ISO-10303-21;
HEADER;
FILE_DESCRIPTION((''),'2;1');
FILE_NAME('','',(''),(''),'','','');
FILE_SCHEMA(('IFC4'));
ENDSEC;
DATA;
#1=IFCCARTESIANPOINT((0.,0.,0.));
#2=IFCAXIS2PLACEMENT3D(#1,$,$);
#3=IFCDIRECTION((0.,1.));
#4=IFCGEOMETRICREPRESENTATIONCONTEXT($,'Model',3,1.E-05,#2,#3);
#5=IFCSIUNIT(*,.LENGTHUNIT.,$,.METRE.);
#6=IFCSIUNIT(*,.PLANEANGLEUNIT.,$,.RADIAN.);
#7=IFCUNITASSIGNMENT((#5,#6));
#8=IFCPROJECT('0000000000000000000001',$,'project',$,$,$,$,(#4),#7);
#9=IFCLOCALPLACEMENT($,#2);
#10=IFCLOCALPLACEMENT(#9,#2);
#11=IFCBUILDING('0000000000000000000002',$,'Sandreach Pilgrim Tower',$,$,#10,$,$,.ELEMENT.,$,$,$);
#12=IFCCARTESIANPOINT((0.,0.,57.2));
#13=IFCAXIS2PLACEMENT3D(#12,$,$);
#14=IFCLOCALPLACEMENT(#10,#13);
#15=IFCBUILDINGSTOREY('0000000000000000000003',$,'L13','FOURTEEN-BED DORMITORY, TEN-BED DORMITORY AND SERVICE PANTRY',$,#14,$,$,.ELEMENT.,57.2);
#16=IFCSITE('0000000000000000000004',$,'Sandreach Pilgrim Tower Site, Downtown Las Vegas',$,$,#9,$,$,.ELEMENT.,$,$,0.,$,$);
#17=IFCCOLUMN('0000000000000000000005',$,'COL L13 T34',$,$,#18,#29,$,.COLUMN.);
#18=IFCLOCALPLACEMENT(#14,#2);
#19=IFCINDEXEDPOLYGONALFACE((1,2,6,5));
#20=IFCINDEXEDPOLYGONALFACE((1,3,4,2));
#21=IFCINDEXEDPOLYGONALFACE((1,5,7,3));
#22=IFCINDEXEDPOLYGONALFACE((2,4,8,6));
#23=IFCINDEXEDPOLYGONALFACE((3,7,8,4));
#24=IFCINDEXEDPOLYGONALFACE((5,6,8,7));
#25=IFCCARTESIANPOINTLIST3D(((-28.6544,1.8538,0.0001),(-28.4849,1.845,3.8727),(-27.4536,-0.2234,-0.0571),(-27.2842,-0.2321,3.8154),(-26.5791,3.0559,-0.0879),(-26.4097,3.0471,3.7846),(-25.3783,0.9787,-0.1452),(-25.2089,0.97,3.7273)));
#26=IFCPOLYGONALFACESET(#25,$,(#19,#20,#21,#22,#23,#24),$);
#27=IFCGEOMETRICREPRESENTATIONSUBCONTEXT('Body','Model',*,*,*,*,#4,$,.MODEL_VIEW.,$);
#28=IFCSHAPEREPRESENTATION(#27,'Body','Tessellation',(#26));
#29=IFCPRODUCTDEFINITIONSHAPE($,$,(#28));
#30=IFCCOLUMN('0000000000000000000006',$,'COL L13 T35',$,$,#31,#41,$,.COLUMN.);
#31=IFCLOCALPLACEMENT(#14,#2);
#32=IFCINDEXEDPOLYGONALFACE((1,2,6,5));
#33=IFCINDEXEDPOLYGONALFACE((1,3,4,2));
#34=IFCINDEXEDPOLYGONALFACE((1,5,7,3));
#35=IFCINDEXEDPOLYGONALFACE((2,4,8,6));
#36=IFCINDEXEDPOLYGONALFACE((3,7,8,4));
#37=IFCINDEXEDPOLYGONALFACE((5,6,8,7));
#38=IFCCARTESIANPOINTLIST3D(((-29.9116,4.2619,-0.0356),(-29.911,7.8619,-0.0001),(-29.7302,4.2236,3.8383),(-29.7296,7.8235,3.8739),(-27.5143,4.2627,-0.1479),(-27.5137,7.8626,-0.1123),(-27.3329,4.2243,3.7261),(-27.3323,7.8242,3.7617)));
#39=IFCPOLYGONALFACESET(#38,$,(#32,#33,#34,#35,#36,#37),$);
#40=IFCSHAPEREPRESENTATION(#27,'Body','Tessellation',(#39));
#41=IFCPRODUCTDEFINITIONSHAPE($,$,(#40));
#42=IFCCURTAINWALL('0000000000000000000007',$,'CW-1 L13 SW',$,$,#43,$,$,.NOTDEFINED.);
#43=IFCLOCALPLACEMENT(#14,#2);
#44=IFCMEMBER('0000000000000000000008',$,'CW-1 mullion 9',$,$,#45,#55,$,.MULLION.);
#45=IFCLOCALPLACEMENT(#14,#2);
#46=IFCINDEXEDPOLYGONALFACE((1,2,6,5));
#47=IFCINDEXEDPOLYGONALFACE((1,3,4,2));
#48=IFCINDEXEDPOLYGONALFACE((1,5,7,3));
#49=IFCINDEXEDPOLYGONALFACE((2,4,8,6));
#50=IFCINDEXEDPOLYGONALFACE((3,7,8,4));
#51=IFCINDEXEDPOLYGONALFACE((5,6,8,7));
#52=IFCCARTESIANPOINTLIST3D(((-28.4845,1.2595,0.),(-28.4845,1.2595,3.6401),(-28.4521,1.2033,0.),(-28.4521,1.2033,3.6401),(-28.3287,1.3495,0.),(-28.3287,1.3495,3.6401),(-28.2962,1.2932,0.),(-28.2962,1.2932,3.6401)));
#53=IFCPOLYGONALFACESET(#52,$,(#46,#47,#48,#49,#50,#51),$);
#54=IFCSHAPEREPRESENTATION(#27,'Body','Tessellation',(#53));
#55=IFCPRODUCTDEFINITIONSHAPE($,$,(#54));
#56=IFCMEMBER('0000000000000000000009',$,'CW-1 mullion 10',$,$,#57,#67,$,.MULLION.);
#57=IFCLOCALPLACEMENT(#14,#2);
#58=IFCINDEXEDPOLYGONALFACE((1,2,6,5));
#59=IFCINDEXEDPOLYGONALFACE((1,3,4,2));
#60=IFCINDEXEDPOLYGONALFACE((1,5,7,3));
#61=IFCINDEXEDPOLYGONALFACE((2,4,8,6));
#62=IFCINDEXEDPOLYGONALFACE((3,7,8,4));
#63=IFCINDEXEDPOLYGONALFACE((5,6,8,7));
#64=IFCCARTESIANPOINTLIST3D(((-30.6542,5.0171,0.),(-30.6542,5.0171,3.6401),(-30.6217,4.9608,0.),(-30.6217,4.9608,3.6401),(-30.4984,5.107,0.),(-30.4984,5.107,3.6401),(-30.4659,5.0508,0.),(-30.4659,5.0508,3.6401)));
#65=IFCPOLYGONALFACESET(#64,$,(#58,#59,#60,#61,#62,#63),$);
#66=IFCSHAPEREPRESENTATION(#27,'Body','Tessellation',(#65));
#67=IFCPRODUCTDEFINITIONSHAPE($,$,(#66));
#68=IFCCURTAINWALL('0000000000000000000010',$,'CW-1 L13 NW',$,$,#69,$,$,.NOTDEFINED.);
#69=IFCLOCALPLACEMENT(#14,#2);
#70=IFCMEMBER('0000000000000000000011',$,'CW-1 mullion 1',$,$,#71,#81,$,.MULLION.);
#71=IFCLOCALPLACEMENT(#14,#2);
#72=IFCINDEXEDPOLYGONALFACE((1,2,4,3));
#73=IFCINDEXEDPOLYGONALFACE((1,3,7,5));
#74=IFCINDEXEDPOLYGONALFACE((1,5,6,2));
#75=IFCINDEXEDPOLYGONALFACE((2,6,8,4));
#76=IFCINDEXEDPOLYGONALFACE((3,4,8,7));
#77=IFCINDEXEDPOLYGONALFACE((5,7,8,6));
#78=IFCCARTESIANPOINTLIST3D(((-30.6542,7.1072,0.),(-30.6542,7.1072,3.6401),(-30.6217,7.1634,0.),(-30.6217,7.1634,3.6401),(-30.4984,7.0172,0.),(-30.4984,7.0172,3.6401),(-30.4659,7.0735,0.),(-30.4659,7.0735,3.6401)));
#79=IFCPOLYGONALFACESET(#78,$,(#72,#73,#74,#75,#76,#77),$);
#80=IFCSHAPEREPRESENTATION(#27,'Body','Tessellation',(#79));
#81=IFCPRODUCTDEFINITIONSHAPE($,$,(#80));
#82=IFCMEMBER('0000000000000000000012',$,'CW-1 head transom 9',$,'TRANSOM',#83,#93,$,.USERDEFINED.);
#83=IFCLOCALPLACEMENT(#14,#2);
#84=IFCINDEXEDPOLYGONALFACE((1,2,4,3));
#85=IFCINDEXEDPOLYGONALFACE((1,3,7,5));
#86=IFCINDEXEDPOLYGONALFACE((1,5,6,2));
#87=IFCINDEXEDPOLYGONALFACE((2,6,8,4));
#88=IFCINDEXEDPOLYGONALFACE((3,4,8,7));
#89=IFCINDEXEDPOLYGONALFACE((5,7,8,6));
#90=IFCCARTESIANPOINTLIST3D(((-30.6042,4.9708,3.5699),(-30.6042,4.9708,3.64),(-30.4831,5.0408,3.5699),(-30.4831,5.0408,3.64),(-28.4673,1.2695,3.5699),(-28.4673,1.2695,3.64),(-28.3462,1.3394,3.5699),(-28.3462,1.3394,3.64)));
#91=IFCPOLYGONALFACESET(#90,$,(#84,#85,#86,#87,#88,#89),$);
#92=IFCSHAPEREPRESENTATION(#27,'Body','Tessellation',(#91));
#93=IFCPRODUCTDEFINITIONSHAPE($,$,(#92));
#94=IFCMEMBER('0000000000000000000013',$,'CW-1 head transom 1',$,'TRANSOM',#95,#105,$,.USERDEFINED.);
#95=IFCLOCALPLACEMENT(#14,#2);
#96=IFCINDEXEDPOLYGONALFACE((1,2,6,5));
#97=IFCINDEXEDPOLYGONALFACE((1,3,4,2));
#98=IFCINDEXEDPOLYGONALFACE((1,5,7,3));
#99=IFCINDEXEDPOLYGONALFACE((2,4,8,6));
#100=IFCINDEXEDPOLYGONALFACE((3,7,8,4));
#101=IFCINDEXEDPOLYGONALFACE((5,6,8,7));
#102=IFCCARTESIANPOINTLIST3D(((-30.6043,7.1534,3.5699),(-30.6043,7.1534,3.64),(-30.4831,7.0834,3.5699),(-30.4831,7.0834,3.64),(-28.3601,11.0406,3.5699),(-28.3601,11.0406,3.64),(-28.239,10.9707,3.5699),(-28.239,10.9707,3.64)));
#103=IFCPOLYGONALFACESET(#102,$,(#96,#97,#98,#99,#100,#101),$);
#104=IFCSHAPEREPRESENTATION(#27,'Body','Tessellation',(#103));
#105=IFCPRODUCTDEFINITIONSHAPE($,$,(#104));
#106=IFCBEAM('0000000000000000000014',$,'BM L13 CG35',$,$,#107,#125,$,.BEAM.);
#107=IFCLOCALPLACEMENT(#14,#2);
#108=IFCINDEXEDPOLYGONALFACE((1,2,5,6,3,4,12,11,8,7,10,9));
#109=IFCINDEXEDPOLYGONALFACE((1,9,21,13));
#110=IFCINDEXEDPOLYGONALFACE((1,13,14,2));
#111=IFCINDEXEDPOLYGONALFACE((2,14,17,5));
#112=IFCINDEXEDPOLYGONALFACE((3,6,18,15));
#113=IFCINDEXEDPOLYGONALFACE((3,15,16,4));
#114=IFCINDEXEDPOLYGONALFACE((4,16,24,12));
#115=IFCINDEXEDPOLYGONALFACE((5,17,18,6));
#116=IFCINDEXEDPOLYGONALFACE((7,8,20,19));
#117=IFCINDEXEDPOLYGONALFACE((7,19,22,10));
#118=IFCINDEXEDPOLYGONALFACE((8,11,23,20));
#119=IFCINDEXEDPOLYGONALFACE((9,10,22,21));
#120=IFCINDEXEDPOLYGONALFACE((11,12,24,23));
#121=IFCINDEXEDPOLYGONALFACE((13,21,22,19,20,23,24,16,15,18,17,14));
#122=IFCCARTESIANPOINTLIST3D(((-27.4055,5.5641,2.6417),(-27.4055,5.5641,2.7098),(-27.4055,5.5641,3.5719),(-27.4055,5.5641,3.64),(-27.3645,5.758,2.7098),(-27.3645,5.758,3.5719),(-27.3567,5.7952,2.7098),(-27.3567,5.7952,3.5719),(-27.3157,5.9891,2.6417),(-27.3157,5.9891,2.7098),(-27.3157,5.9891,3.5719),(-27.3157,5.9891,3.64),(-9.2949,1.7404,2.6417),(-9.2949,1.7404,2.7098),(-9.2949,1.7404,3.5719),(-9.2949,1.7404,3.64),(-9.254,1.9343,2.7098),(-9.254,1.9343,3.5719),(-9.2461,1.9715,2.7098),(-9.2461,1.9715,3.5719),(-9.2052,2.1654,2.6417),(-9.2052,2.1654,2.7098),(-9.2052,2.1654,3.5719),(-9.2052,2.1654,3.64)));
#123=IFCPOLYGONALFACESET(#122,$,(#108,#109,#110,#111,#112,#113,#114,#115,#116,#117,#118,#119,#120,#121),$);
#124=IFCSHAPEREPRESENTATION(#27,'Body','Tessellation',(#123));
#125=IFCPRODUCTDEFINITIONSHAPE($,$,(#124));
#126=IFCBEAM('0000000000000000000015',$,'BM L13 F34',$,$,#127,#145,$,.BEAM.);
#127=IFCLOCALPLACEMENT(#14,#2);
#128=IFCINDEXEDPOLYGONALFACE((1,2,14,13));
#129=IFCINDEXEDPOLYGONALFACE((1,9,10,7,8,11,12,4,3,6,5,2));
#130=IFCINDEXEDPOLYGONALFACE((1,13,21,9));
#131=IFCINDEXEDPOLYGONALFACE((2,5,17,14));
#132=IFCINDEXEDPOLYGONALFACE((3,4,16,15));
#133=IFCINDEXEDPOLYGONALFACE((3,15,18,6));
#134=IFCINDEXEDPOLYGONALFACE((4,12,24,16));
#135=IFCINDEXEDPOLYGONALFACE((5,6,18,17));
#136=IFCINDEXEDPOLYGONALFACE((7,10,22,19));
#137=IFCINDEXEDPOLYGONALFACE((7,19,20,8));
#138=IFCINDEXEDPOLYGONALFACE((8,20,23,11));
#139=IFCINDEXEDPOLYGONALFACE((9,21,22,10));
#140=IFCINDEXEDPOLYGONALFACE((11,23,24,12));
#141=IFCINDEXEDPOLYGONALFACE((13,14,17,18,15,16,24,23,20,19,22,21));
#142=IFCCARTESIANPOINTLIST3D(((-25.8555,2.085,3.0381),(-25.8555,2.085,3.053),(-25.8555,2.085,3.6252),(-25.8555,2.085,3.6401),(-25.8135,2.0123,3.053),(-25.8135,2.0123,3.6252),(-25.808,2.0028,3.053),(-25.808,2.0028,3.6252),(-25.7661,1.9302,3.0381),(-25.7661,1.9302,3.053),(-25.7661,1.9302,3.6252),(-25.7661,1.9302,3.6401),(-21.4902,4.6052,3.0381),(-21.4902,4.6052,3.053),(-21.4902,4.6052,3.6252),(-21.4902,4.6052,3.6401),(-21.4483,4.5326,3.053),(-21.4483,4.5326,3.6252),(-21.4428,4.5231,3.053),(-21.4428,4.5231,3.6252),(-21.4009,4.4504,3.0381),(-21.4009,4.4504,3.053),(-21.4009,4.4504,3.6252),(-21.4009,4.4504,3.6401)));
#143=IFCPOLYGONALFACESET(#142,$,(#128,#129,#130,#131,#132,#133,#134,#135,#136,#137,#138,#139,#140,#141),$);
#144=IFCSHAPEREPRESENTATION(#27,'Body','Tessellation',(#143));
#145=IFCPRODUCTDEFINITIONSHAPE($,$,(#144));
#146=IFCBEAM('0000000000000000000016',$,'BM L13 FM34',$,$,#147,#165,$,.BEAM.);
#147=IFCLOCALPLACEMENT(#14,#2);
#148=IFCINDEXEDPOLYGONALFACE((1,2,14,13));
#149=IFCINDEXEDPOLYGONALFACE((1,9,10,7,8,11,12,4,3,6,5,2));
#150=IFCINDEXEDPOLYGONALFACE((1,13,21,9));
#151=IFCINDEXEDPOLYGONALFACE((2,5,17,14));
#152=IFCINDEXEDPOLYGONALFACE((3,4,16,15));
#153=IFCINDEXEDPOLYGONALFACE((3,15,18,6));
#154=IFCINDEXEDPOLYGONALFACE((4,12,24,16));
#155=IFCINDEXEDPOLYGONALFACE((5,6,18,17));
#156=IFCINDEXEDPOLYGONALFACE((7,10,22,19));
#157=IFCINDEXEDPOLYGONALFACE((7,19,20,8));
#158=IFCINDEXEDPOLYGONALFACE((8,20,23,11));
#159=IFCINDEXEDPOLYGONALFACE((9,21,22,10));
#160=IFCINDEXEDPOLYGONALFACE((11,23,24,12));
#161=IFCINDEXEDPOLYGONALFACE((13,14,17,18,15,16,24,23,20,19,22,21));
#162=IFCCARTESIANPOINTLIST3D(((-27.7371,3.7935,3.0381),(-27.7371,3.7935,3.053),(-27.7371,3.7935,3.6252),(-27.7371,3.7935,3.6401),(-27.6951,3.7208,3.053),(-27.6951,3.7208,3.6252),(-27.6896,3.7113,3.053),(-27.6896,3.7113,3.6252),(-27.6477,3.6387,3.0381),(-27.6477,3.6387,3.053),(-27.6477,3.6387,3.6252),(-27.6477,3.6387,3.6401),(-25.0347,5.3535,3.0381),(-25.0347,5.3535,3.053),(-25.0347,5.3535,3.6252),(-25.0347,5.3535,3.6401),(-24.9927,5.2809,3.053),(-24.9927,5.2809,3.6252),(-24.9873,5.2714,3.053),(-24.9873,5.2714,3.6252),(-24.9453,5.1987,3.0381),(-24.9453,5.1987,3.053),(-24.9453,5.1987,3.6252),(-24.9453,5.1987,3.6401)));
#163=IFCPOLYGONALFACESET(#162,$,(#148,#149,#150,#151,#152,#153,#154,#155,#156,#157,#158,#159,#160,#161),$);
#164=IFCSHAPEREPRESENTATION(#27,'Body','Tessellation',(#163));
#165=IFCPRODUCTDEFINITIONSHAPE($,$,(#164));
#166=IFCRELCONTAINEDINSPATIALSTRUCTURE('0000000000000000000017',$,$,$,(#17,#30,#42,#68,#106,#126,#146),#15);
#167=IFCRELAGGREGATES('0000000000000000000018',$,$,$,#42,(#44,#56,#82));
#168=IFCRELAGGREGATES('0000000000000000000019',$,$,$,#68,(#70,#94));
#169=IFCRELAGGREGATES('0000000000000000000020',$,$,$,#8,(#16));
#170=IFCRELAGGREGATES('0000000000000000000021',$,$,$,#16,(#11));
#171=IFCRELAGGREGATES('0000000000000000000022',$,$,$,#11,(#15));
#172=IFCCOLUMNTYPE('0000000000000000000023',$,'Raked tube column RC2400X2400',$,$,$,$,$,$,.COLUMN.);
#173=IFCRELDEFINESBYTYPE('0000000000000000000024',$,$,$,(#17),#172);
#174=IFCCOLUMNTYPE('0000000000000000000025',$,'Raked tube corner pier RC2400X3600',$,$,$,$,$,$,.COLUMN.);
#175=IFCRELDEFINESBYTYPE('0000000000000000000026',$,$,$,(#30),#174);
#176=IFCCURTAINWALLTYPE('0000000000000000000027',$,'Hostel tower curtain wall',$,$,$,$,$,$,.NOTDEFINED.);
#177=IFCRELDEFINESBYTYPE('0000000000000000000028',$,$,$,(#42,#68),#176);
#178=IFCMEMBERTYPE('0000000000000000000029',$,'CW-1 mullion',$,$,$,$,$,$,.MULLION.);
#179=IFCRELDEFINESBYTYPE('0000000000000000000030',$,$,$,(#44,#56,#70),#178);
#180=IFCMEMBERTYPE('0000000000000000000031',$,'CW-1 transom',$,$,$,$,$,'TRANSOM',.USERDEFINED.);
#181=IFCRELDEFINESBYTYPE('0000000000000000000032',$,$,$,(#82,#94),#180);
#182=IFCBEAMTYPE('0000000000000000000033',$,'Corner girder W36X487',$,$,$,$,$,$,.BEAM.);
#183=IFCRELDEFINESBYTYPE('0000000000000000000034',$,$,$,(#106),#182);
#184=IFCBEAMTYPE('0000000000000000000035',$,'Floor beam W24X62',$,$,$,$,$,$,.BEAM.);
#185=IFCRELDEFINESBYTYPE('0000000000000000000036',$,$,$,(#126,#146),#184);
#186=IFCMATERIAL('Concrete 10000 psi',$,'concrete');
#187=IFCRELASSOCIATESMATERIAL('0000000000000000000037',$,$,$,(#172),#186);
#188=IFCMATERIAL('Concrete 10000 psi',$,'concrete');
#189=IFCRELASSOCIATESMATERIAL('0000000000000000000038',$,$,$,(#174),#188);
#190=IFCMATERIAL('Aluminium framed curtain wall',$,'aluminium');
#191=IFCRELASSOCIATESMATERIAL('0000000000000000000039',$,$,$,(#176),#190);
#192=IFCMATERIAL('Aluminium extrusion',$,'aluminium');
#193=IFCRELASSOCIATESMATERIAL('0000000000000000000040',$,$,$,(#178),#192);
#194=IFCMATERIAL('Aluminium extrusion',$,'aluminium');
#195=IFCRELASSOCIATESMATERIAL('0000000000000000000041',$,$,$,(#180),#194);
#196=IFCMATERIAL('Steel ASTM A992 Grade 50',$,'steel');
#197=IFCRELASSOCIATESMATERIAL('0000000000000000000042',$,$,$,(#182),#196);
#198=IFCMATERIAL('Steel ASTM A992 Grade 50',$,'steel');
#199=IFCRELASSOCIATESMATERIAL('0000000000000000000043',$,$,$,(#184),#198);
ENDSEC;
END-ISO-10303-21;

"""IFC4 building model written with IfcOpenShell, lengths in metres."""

from ifc_helpers import new_model, si_unit, direction, frame, origin, origin_2d, place, context, subcontext, project, spatial, rectangle, i_section, extrude, material, material_profile, profile_set, type_object, element, aggregate, save


model = new_model("IFC4")

# Units and contexts
model_context = context("Model", 3, precision=1e-05, world=origin(), true_north=direction((0.0, 1.0)))
body_context = subcontext(model_context, "Body", "Model", "MODEL_VIEW")
ifc_project = project(units=[si_unit("LENGTHUNIT", "METRE"), si_unit("PLANEANGLEUNIT", "RADIAN")], contexts=[model_context])

# Site, building, storey
site_placement = place(None, origin())
site = spatial("IfcSite", under=ifc_project, at=site_placement, Name="Sandreach Pilgrim Tower Site, Downtown Las Vegas", CompositionType="ELEMENT", RefElevation=0.0)
building_placement = place(site_placement, origin())
building = spatial("IfcBuilding", under=site, at=building_placement, Name="Sandreach Pilgrim Tower", CompositionType="ELEMENT")
storey_placement = place(building_placement, frame((0.0, 0.0, 57.2)))
storey = spatial("IfcBuildingStorey", under=building, at=storey_placement, Name="L13", Description="FOURTEEN-BED DORMITORY, TEN-BED DORMITORY AND SERVICE PANTRY", CompositionType="ELEMENT", Elevation=57.2)

# Columns
ifc_material_1 = material(Name="Concrete 10000 psi", Category="concrete")
ifc_material_profile_1 = material_profile(ifc_material_1, rectangle(XDim=2.3999, YDim=2.3999, at=origin_2d()), Name="RC2400X2400")
ifc_profile_set_1 = profile_set([ifc_material_profile_1], Name="Concrete 10000 psi")
column_type_1 = type_object("IfcColumnType", Name="Raked tube column RC2400X2400", PredefinedType="COLUMN", material=ifc_profile_set_1)
column_1_placement = place(storey_placement, frame((-27.0164, 1.4163, -0.0725), z_axis=(0.04371, -0.002267, 0.999042), x_axis=(-0.864729, -0.500896, 0.036697)))
element("IfcColumn", 1, at=column_1_placement, inside=storey, type_object=column_type_1, Name="COL L13 T34", PredefinedType="COLUMN", context=body_context, shape_type="SweptSolid", body=[
    extrude(rectangle(XDim=2.3999, YDim=2.3999, at=origin_2d()), origin(), (0.0, 0.0, 1.0), 3.8762),
])
ifc_material_2 = material(Name="Concrete 10000 psi", Category="concrete")
ifc_material_profile_2 = material_profile(ifc_material_2, rectangle(XDim=2.3999, YDim=3.6001, at=origin_2d()), Name="RC2400X3600")
ifc_profile_set_2 = profile_set([ifc_material_profile_2], Name="Concrete 10000 psi")
column_type_2 = type_object("IfcColumnType", Name="Raked tube corner pier RC2400X3600", PredefinedType="COLUMN", material=ifc_profile_set_2)
column_2_placement = place(storey_placement, frame((-28.7126, 6.0623, -0.074), z_axis=(0.04677, -0.009883, 0.998857), x_axis=(-0.998906, -0.000297, 0.04677)))
element("IfcColumn", 2, at=column_2_placement, inside=storey, type_object=column_type_2, Name="COL L13 T35", PredefinedType="COLUMN", context=body_context, shape_type="SweptSolid", body=[
    extrude(rectangle(XDim=2.3999, YDim=3.6001, at=origin_2d()), origin(), (0.0, 0.0, 1.0), 3.8784),
])

# Curtain wall, members
ifc_material_3 = material(Name="Aluminium framed curtain wall", Category="aluminium")
curtain_wall_type = type_object("IfcCurtainWallType", Name="Hostel tower curtain wall", PredefinedType="NOTDEFINED", material=ifc_material_3)
curtain_wall_1_placement = place(storey_placement, origin())
curtain_wall_1 = element("IfcCurtainWall", 3, at=curtain_wall_1_placement, inside=storey, type_object=curtain_wall_type, Name="CW-1 L13 SW", PredefinedType="NOTDEFINED")
ifc_material_4 = material(Name="Aluminium extrusion", Category="aluminium")
ifc_material_profile_3 = material_profile(ifc_material_4, rectangle(XDim=0.0649, YDim=0.1799, at=origin_2d()), Name="CW-1M 65X180")
ifc_profile_set_3 = profile_set([ifc_material_profile_3], Name="Aluminium extrusion")
member_type_1 = type_object("IfcMemberType", Name="CW-1 mullion", PredefinedType="MULLION", material=ifc_profile_set_3)
member_1_placement = place(storey_placement, frame((-28.3904, 1.2764, 0.0), z_axis=(0.0, 0.0, 1.0), x_axis=(-0.5, 0.866025, 0.0)))
member_1 = element("IfcMember", 4, at=member_1_placement, type_object=member_type_1, Name="CW-1 mullion 9", PredefinedType="MULLION", context=body_context, shape_type="SweptSolid", body=[
    extrude(rectangle(XDim=0.0649, YDim=0.1799, at=origin_2d()), origin(), (0.0, 0.0, 1.0), 3.6401),
])
member_2_placement = place(storey_placement, frame((-30.5601, 5.0339, 0.0), z_axis=(0.0, 0.0, 1.0), x_axis=(-0.5, 0.866025, 0.0)))
member_2 = element("IfcMember", 5, at=member_2_placement, type_object=member_type_1, Name="CW-1 mullion 10", PredefinedType="MULLION", context=body_context, shape_type="SweptSolid", body=[
    extrude(rectangle(XDim=0.0649, YDim=0.1799, at=origin_2d()), origin(), (0.0, 0.0, 1.0), 3.6401),
])

# Curtain wall, member
curtain_wall_2_placement = place(storey_placement, origin())
curtain_wall_2 = element("IfcCurtainWall", 6, at=curtain_wall_2_placement, inside=storey, type_object=curtain_wall_type, Name="CW-1 L13 NW", PredefinedType="NOTDEFINED")
member_3_placement = place(storey_placement, frame((-30.5601, 7.0903, 0.0), z_axis=(0.0, 0.0, 1.0), x_axis=(0.5, 0.866025, 0.0)))
member_3 = element("IfcMember", 7, at=member_3_placement, type_object=member_type_1, Name="CW-1 mullion 1", PredefinedType="MULLION", context=body_context, shape_type="SweptSolid", body=[
    extrude(rectangle(XDim=0.0649, YDim=0.1799, at=origin_2d()), origin(), (0.0, 0.0, 1.0), 3.6401),
])

# Members
ifc_material_5 = material(Name="Aluminium extrusion", Category="aluminium")
ifc_material_profile_4 = material_profile(ifc_material_5, rectangle(XDim=0.1399, YDim=0.0701, at=origin_2d()), Name="CW-1T 140X70")
ifc_profile_set_4 = profile_set([ifc_material_profile_4], Name="Aluminium extrusion")
member_type_2 = type_object("IfcMemberType", Name="CW-1 transom", ElementType="TRANSOM", PredefinedType="USERDEFINED", material=ifc_profile_set_4)
member_4_placement = place(storey_placement, frame((-28.4067, 1.3044, 3.605), z_axis=(-0.499991, 0.866031, 0.0), x_axis=(-0.866031, -0.499991, 0.0)))
member_4 = element("IfcMember", 8, at=member_4_placement, type_object=member_type_2, Name="CW-1 head transom 9", ObjectType="TRANSOM", PredefinedType="USERDEFINED", context=body_context, shape_type="SweptSolid", body=[
    extrude(rectangle(XDim=0.1399, YDim=0.0701, at=origin_2d()), origin(), (0.0, 0.0, 1.0), 4.2739),
])
member_5_placement = place(storey_placement, frame((-30.5437, 7.1184, 3.605), z_axis=(0.499977, 0.866039, 0.0), x_axis=(-0.866039, 0.499977, 0.0)))
member_5 = element("IfcMember", 9, at=member_5_placement, type_object=member_type_2, Name="CW-1 head transom 1", ObjectType="TRANSOM", PredefinedType="USERDEFINED", context=body_context, shape_type="SweptSolid", body=[
    extrude(rectangle(XDim=0.1399, YDim=0.0701, at=origin_2d()), origin(), (0.0, 0.0, 1.0), 4.4885),
])

# Beams
ifc_material_6 = material(Name="Steel ASTM A992 Grade 50", Category="steel")
ifc_material_profile_5 = material_profile(ifc_material_6, i_section(OverallWidth=0.4343, OverallDepth=0.9983, WebThickness=0.0381, FlangeThickness=0.0681, at=origin_2d()), Name="W36X487")
ifc_profile_set_5 = profile_set([ifc_material_profile_5], Name="Steel ASTM A992 Grade 50")
beam_type_1 = type_object("IfcBeamType", Name="Corner girder W36X487", PredefinedType="BEAM", material=ifc_profile_set_5)
beam_1_placement = place(storey_placement, frame((-27.3606, 5.7766, 3.1409), z_axis=(0.97843, -0.206578, 0.0), x_axis=(0.206578, 0.97843, 0.0)))
element("IfcBeam", 10, at=beam_1_placement, inside=storey, type_object=beam_type_1, Name="BM L13 CG35", PredefinedType="BEAM", context=body_context, shape_type="SweptSolid", body=[
    extrude(i_section(OverallWidth=0.4343, OverallDepth=0.9983, WebThickness=0.0381, FlangeThickness=0.0681, at=origin_2d()), origin(), (0.0, 0.0, 1.0), 18.5098),
])
ifc_material_7 = material(Name="Steel ASTM A992 Grade 50", Category="steel")
ifc_material_profile_6 = material_profile(ifc_material_7, i_section(OverallWidth=0.1787, OverallDepth=0.6021, WebThickness=0.011, FlangeThickness=0.0149, at=origin_2d()), Name="W24X62")
ifc_profile_set_6 = profile_set([ifc_material_profile_6], Name="Steel ASTM A992 Grade 50")
beam_type_2 = type_object("IfcBeamType", Name="Floor beam W24X62", PredefinedType="BEAM", material=ifc_profile_set_6)
beam_2_placement = place(storey_placement, frame((-25.8108, 2.0076, 3.3391), z_axis=(0.866026, 0.499999, 0.0), x_axis=(-0.499999, 0.866026, 0.0)))
element("IfcBeam", 11, at=beam_2_placement, inside=storey, type_object=beam_type_2, Name="BM L13 F34", PredefinedType="BEAM", context=body_context, shape_type="SweptSolid", body=[
    extrude(i_section(OverallWidth=0.1787, OverallDepth=0.6021, WebThickness=0.011, FlangeThickness=0.0149, at=origin_2d()), origin(), (0.0, 0.0, 1.0), 5.0405),
])
beam_3_placement = place(storey_placement, frame((-27.6924, 3.7161, 3.3391), z_axis=(0.866049, 0.49996, 0.0), x_axis=(-0.49996, 0.866049, 0.0)))
element("IfcBeam", 12, at=beam_3_placement, inside=storey, type_object=beam_type_2, Name="BM L13 FM34", PredefinedType="BEAM", context=body_context, shape_type="SweptSolid", body=[
    extrude(i_section(OverallWidth=0.1787, OverallDepth=0.6021, WebThickness=0.011, FlangeThickness=0.0149, at=origin_2d()), origin(), (0.0, 0.0, 1.0), 3.1204),
])

aggregate(curtain_wall_1, [member_1, member_2, member_4])
aggregate(curtain_wall_2, [member_3, member_5])

save(model, "model.ifc")
